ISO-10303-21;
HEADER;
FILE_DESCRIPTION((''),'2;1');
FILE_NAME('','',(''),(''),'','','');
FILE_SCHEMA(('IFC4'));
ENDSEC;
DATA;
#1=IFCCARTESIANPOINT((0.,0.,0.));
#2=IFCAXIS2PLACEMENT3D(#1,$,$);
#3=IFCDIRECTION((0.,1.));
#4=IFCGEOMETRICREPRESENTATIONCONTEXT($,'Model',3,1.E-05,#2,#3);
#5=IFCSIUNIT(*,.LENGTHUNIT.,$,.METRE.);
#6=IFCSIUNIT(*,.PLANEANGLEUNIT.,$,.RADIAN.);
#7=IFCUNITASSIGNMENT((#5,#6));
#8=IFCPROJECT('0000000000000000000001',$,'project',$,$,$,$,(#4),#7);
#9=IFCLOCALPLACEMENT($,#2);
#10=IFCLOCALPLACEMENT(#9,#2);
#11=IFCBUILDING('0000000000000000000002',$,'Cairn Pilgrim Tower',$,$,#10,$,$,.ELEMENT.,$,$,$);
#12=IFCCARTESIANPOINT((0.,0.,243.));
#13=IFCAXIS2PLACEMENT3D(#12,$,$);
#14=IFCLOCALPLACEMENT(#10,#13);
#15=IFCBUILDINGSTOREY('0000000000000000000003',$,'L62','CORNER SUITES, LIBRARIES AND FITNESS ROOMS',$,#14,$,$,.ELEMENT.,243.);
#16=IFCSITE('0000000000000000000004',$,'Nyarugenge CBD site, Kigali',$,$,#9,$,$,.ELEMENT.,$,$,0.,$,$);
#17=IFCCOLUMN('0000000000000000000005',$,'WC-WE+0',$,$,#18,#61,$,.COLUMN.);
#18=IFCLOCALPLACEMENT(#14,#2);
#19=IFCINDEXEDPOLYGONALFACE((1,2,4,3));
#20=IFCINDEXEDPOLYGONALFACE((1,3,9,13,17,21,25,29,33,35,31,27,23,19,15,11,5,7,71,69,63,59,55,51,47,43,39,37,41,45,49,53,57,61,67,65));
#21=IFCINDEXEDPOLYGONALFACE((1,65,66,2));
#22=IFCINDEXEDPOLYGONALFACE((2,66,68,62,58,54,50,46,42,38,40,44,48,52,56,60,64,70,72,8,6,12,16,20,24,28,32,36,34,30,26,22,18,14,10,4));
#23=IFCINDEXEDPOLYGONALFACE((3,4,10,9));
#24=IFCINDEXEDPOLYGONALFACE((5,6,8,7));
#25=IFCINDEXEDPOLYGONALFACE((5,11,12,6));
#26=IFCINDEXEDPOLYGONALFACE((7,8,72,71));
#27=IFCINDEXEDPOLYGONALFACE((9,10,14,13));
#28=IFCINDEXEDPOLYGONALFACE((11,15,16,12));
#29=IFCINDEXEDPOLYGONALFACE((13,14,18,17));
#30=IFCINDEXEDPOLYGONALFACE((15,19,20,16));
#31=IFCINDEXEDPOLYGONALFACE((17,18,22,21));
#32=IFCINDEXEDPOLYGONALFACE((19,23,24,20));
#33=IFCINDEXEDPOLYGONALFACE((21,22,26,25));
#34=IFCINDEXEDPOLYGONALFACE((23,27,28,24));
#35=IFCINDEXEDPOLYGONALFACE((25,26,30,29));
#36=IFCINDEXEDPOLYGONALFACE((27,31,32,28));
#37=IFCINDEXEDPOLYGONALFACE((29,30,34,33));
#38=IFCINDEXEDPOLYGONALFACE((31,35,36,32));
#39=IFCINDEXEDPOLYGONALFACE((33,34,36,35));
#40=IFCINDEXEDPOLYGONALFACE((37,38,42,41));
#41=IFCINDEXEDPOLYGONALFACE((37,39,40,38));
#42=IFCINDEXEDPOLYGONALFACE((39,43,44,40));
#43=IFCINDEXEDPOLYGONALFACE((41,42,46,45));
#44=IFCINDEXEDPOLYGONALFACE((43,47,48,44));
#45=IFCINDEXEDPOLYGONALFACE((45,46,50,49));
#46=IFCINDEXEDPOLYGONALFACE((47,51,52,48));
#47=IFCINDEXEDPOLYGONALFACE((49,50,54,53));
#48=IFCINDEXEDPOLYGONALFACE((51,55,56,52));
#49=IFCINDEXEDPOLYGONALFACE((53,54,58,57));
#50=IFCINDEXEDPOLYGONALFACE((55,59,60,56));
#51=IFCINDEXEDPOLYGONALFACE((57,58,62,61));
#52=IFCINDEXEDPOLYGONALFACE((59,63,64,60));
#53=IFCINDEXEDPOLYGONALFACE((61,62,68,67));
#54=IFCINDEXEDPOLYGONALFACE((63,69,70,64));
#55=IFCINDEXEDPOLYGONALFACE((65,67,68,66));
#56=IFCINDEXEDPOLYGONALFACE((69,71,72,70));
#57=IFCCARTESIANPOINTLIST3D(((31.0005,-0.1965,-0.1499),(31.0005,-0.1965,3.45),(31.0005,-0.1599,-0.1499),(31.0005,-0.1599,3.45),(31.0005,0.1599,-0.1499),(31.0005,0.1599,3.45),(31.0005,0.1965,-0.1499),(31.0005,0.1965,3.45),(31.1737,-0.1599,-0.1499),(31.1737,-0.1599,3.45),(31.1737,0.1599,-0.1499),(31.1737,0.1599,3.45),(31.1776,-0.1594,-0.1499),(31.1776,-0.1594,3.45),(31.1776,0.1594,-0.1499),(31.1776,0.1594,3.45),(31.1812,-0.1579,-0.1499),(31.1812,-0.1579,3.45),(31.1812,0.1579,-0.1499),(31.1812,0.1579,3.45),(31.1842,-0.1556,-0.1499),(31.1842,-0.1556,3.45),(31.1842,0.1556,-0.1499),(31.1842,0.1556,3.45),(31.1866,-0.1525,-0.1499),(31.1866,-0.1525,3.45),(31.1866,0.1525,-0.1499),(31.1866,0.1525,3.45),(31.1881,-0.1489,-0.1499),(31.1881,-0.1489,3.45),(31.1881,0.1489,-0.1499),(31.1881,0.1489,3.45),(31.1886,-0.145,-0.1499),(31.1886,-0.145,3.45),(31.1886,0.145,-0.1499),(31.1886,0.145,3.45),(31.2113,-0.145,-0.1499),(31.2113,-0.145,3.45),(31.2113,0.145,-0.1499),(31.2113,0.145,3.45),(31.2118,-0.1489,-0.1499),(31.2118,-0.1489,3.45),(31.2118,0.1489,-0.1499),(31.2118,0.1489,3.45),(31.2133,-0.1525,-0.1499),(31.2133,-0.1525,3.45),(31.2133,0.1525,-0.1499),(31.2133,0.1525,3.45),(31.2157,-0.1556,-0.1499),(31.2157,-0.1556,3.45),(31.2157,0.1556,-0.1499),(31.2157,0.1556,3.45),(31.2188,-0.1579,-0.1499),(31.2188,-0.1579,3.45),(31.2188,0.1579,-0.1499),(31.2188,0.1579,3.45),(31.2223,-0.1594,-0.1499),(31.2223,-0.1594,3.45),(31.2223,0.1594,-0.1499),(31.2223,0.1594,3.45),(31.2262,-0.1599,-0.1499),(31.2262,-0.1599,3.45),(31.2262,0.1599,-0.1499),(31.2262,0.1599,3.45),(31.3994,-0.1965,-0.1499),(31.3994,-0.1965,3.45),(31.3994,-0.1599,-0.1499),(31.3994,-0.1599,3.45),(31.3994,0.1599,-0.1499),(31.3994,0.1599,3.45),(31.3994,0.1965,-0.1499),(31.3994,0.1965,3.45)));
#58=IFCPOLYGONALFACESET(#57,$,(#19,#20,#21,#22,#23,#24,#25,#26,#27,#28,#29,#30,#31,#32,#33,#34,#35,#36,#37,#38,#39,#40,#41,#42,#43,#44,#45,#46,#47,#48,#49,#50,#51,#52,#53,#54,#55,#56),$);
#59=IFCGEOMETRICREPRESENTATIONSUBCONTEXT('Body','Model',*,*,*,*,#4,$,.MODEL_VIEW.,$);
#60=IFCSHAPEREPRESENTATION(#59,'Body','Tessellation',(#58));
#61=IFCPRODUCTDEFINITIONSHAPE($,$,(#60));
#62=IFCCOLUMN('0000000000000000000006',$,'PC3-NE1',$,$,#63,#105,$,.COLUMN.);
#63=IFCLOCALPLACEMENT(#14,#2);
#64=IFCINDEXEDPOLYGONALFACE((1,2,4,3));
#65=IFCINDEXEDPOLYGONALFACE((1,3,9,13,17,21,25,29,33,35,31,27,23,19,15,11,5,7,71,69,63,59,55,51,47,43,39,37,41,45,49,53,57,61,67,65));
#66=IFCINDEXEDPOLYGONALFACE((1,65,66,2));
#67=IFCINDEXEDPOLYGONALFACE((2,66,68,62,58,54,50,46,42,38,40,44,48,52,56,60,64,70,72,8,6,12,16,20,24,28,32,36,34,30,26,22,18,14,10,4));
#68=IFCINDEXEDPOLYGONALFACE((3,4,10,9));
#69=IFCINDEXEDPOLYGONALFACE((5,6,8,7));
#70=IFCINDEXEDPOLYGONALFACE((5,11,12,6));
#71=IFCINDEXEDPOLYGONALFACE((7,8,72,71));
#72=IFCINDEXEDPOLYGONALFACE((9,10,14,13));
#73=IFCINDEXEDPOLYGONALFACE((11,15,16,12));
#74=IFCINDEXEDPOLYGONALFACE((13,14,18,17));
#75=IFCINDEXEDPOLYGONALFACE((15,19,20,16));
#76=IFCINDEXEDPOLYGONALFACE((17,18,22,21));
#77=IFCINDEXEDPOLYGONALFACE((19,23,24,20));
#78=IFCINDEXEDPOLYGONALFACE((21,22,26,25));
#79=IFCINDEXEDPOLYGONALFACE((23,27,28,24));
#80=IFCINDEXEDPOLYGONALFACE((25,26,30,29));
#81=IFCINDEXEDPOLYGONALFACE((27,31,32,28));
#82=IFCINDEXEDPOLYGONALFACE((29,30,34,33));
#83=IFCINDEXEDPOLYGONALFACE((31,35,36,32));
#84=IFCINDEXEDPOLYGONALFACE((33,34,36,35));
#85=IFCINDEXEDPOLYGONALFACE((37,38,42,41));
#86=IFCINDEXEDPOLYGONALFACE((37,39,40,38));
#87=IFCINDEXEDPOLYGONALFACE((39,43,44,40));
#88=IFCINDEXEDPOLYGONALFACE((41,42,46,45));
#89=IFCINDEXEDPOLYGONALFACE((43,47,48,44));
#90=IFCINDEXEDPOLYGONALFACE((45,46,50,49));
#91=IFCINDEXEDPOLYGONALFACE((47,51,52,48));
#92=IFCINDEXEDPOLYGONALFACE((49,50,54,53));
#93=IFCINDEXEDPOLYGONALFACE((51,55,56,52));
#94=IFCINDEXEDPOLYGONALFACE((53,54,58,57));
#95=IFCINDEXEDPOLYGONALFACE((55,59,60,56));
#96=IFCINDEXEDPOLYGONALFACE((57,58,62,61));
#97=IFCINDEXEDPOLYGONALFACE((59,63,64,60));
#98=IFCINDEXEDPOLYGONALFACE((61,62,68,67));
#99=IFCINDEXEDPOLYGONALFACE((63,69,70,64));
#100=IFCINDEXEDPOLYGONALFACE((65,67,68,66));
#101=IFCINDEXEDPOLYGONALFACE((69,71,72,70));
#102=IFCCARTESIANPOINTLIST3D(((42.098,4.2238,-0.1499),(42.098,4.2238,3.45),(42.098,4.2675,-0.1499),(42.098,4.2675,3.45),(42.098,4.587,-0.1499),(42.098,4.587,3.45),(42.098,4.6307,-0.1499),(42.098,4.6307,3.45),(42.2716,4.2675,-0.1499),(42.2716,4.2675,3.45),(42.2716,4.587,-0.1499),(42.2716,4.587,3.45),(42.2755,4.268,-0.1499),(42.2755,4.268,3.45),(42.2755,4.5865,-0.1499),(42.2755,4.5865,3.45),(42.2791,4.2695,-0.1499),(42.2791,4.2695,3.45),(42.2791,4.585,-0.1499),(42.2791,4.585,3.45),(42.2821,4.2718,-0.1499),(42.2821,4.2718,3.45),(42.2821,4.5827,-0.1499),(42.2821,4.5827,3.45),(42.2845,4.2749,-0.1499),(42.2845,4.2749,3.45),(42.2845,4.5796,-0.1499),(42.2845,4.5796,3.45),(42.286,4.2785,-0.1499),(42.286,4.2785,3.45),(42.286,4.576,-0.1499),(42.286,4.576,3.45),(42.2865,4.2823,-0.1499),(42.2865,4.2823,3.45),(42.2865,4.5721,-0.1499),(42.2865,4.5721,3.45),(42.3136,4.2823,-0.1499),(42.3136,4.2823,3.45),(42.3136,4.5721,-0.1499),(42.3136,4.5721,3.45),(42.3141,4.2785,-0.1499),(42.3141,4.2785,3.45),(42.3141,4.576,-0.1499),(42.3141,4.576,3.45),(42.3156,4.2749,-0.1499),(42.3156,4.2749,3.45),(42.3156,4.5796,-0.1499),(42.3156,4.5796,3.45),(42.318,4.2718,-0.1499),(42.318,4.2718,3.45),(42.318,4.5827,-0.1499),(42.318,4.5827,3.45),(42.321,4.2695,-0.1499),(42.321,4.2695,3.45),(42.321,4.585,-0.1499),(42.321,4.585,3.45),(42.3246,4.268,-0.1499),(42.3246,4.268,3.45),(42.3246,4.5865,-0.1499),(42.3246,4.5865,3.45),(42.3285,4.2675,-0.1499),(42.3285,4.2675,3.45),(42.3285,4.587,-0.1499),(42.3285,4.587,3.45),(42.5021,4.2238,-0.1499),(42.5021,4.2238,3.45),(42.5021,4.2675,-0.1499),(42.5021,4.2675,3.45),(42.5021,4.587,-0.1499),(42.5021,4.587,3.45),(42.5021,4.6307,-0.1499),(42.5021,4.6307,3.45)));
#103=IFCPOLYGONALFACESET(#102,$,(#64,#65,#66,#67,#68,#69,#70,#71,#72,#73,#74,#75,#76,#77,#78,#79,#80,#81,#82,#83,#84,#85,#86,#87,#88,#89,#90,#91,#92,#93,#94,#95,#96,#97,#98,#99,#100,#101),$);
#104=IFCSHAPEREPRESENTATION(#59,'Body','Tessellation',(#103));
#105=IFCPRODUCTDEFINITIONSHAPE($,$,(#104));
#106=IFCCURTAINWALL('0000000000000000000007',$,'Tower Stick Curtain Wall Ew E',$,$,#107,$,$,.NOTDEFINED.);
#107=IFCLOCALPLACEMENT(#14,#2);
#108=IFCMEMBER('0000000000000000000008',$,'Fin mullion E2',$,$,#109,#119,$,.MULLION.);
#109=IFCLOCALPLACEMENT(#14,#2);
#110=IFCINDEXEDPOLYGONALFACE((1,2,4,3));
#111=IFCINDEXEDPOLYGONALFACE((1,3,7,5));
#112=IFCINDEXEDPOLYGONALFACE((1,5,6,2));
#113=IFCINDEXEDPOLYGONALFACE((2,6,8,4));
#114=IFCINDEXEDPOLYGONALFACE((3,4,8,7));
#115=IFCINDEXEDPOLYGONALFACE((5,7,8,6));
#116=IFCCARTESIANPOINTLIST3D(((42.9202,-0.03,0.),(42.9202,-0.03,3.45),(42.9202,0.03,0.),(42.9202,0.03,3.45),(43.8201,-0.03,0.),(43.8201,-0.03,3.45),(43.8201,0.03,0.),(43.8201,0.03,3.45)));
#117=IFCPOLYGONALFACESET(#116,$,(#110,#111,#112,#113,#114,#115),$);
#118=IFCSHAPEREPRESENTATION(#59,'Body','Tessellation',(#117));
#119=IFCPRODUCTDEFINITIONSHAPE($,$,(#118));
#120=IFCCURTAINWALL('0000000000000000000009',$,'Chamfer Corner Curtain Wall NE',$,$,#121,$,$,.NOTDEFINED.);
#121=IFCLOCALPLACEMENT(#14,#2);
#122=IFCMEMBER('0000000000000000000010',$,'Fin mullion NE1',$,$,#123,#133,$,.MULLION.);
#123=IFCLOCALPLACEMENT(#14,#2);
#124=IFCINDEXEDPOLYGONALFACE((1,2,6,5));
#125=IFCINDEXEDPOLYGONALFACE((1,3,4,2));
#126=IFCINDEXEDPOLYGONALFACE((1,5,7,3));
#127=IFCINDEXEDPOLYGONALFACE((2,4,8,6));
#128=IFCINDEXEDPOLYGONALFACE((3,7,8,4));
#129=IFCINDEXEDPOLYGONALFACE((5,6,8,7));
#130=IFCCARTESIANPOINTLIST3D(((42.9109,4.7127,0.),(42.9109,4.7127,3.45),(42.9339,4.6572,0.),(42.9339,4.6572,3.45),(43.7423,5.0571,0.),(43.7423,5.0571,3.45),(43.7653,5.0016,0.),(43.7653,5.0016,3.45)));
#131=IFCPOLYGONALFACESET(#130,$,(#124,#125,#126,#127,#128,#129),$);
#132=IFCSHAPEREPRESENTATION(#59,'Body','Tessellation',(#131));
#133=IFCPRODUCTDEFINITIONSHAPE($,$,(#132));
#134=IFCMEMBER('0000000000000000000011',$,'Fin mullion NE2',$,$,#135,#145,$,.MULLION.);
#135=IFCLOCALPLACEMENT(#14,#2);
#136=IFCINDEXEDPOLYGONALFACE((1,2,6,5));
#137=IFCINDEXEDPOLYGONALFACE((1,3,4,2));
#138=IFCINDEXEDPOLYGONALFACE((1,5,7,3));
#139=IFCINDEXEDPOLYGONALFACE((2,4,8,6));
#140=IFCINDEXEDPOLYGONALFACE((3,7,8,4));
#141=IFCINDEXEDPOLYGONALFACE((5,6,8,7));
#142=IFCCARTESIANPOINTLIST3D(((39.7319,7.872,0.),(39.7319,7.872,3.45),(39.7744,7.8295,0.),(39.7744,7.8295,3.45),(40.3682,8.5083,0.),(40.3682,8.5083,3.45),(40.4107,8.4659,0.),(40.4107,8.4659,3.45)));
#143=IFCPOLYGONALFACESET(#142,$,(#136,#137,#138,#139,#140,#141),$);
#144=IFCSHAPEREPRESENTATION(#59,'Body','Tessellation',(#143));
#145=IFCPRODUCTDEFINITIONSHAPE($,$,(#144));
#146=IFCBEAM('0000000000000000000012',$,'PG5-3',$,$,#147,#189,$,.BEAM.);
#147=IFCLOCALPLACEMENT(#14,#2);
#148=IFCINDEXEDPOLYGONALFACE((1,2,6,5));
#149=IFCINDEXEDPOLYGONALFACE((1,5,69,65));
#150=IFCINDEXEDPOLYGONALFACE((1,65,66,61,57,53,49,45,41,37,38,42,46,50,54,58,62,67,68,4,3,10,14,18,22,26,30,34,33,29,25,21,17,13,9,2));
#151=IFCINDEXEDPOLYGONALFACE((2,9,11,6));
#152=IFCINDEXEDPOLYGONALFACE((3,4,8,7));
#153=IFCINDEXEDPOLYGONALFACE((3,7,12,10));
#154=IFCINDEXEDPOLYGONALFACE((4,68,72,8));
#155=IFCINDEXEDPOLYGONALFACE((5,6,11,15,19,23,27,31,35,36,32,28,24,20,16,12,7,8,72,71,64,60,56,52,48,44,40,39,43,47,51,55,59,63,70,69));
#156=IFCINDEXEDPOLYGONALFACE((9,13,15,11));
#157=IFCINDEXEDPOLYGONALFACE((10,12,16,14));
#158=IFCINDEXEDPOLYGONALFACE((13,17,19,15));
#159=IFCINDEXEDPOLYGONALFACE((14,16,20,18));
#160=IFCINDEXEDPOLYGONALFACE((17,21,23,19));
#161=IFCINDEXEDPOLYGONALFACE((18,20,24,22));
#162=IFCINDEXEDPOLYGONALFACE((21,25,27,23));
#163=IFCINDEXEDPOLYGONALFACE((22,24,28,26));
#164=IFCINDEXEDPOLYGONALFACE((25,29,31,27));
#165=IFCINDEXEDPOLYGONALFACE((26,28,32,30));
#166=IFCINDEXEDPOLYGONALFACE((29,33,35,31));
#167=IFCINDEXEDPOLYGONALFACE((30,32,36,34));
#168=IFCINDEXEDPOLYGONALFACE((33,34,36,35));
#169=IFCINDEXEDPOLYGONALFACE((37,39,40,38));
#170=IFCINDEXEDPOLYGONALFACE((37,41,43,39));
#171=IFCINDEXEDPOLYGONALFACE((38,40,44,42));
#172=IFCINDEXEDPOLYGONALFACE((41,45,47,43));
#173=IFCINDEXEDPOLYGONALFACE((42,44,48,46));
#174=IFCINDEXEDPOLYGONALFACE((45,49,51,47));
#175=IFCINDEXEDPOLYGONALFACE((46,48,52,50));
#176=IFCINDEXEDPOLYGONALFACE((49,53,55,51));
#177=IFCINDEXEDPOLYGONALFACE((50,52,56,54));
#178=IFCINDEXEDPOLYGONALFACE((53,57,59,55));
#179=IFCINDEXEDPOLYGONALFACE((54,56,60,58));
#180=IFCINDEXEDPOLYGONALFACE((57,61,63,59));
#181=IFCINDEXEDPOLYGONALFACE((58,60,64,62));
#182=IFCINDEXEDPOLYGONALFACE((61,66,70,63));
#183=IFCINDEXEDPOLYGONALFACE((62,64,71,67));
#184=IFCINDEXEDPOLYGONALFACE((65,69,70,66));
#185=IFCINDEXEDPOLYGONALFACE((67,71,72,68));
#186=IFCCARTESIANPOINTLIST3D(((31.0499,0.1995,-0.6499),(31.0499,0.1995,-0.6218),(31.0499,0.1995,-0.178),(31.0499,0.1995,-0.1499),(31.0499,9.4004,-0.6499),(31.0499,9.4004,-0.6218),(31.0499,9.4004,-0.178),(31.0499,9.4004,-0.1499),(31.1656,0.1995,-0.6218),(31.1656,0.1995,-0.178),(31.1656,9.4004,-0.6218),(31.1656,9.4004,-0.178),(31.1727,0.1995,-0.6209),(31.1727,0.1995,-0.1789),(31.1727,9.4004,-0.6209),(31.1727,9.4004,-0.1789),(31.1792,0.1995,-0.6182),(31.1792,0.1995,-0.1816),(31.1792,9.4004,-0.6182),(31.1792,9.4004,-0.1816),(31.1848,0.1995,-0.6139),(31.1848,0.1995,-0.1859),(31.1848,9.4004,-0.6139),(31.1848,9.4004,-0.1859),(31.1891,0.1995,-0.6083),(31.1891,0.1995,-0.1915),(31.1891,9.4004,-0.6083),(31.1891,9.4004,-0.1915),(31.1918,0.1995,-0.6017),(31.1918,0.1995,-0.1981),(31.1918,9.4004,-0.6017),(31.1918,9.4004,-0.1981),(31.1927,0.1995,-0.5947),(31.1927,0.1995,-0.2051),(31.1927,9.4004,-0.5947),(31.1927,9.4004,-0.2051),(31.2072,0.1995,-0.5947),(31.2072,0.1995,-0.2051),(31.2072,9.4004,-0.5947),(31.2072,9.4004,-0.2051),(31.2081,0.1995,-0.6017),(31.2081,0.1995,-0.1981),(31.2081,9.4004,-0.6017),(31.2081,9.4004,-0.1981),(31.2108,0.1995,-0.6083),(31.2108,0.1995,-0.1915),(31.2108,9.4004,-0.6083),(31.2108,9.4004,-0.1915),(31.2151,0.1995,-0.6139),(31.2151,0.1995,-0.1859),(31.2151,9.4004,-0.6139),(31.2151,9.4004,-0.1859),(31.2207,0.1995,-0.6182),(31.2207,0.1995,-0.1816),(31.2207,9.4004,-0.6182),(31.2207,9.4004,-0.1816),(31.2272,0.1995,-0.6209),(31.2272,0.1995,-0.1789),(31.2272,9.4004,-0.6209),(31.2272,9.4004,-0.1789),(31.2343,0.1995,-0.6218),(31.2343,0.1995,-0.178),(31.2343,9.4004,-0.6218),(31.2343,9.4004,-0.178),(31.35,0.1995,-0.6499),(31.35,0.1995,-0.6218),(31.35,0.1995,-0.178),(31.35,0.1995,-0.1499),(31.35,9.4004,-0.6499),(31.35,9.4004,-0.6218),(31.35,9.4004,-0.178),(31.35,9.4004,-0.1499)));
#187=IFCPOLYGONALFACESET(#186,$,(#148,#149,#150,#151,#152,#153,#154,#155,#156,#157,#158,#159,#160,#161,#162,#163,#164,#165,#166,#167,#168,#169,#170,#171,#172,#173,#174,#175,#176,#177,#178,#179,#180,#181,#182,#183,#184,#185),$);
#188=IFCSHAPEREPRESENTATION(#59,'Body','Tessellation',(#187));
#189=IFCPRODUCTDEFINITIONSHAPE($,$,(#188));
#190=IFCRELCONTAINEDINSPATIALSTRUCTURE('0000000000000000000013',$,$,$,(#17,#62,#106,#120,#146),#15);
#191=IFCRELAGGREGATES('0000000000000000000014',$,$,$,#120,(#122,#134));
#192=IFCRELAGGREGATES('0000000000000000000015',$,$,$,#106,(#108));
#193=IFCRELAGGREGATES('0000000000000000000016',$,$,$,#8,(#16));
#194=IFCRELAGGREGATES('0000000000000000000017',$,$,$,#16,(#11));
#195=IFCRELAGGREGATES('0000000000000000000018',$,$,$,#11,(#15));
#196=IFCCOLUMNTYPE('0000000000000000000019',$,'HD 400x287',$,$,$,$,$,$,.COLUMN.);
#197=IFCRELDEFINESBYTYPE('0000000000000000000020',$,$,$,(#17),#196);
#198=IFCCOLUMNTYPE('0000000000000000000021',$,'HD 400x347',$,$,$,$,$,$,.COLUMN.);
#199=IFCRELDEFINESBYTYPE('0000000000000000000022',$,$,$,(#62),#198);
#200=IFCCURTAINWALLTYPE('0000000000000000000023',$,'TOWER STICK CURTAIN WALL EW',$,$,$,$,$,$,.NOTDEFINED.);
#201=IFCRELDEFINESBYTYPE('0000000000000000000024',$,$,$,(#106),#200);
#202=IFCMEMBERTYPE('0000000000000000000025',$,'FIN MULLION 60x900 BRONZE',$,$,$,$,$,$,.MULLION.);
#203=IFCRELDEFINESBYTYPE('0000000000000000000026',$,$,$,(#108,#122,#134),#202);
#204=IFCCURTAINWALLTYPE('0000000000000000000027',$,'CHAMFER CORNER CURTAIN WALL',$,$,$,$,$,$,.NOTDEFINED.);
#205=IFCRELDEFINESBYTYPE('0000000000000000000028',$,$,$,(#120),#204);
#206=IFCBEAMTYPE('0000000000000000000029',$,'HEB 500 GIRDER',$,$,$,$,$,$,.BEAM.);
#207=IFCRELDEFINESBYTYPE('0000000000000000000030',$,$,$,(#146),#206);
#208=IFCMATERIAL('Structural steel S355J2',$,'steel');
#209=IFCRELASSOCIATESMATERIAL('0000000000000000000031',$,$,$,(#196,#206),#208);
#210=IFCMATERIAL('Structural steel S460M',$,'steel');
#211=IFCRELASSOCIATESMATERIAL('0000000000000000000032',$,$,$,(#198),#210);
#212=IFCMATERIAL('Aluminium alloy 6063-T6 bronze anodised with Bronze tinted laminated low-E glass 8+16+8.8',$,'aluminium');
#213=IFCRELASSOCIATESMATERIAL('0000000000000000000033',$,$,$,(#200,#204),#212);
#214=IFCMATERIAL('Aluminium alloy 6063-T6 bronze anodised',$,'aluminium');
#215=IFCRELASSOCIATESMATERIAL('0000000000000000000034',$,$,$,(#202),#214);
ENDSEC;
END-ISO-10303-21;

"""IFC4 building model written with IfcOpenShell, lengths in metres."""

from ifc_helpers import new_model, si_unit, direction, frame, origin, origin_2d, place, context, subcontext, project, spatial, rectangle, i_section, extrude, material, material_profile, profile_set, type_object, element, aggregate, save


model = new_model("IFC4")

# Units and contexts
model_context = context("Model", 3, precision=1e-05, world=origin(), true_north=direction((0.0, 1.0)))
body_context = subcontext(model_context, "Body", "Model", "MODEL_VIEW")
ifc_project = project(units=[si_unit("LENGTHUNIT", "METRE"), si_unit("PLANEANGLEUNIT", "RADIAN")], contexts=[model_context])

# Site, building, storey
site_placement = place(None, origin())
site = spatial("IfcSite", under=ifc_project, at=site_placement, Name="Nyarugenge CBD site, Kigali", CompositionType="ELEMENT", RefElevation=0.0)
building_placement = place(site_placement, origin())
building = spatial("IfcBuilding", under=site, at=building_placement, Name="Cairn Pilgrim Tower", CompositionType="ELEMENT")
storey_placement = place(building_placement, frame((0.0, 0.0, 243.0)))
storey = spatial("IfcBuildingStorey", under=building, at=storey_placement, Name="L62", Description="CORNER SUITES, LIBRARIES AND FITNESS ROOMS", CompositionType="ELEMENT", Elevation=243.0)

# Columns
ifc_material_1 = material(Name="Structural steel S355J2", Category="steel")
ifc_material_profile_1 = material_profile(ifc_material_1, i_section(OverallWidth=0.3989, OverallDepth=0.3931, WebThickness=0.0227, FlangeThickness=0.0366, FilletRadius=0.0149, at=origin_2d()), Name="HD 400x287")
ifc_profile_set_1 = profile_set([ifc_material_profile_1], Name="Structural steel S355J2")
column_type_1 = type_object("IfcColumnType", Name="HD 400x287", PredefinedType="COLUMN", material=ifc_profile_set_1)
column_1_placement = place(storey_placement, frame((31.2, 0.0, -0.1499), z_axis=(0.0, 0.0, 1.0), x_axis=(1.0, 0.0, 0.0)))
element("IfcColumn", 1, at=column_1_placement, inside=storey, type_object=column_type_1, Name="WC-WE+0", PredefinedType="COLUMN", context=body_context, shape_type="SweptSolid", body=[
    extrude(i_section(OverallWidth=0.3989, OverallDepth=0.3931, WebThickness=0.0227, FlangeThickness=0.0366, FilletRadius=0.0149, at=origin_2d()), origin(), (0.0, 0.0, 1.0), 3.5999),
])
ifc_material_2 = material(Name="Structural steel S460M", Category="steel")
ifc_material_profile_2 = material_profile(ifc_material_2, i_section(OverallWidth=0.4041, OverallDepth=0.407, WebThickness=0.0271, FlangeThickness=0.0437, FilletRadius=0.0149, at=origin_2d()), Name="HD 400x347")
ifc_profile_set_2 = profile_set([ifc_material_profile_2], Name="Structural steel S460M")
column_type_2 = type_object("IfcColumnType", Name="HD 400x347", PredefinedType="COLUMN", material=ifc_profile_set_2)
column_2_placement = place(storey_placement, frame((42.3, 4.4272, -0.1499), z_axis=(0.0, 0.0, 1.0), x_axis=(1.0, 0.0, 0.0)))
element("IfcColumn", 2, at=column_2_placement, inside=storey, type_object=column_type_2, Name="PC3-NE1", PredefinedType="COLUMN", context=body_context, shape_type="SweptSolid", body=[
    extrude(i_section(OverallWidth=0.4041, OverallDepth=0.407, WebThickness=0.0271, FlangeThickness=0.0437, FilletRadius=0.0149, at=origin_2d()), origin(), (0.0, 0.0, 1.0), 3.5999),
])

# Curtain wall, member
ifc_material_3 = material(Name="Aluminium alloy 6063-T6 bronze anodised with Bronze tinted laminated low-E glass 8+16+8.8", Category="aluminium")
curtain_wall_type_1 = type_object("IfcCurtainWallType", Name="TOWER STICK CURTAIN WALL EW", PredefinedType="NOTDEFINED", material=ifc_material_3)
curtain_wall_1_placement = place(storey_placement, origin())
curtain_wall_1 = element("IfcCurtainWall", 3, at=curtain_wall_1_placement, inside=storey, type_object=curtain_wall_type_1, Name="Tower Stick Curtain Wall Ew E", PredefinedType="NOTDEFINED")
ifc_material_4 = material(Name="Aluminium alloy 6063-T6 bronze anodised", Category="aluminium")
ifc_material_profile_3 = material_profile(ifc_material_4, rectangle(XDim=0.8999, YDim=0.0601, at=origin_2d()), Name="FIN MULLION 60x900 BRONZE")
ifc_profile_set_3 = profile_set([ifc_material_profile_3], Name="Aluminium alloy 6063-T6 bronze anodised")
member_type_1 = type_object("IfcMemberType", Name="FIN MULLION 60x900 BRONZE", PredefinedType="MULLION", material=ifc_profile_set_3)
member_1_placement = place(storey_placement, frame((43.3701, 0.0, 0.0), z_axis=(0.0, 0.0, 1.0), x_axis=(1.0, 0.0, 0.0)))
member_1 = element("IfcMember", 4, at=member_1_placement, type_object=member_type_1, Name="Fin mullion E2", PredefinedType="MULLION", context=body_context, shape_type="SweptSolid", body=[
    extrude(rectangle(XDim=0.8999, YDim=0.0601, at=origin_2d()), origin(), (0.0, 0.0, 1.0), 3.45),
])

# Curtain wall, members
curtain_wall_type_2 = type_object("IfcCurtainWallType", Name="CHAMFER CORNER CURTAIN WALL", PredefinedType="NOTDEFINED", material=ifc_material_3)
curtain_wall_2_placement = place(storey_placement, origin())
curtain_wall_2 = element("IfcCurtainWall", 5, at=curtain_wall_2_placement, inside=storey, type_object=curtain_wall_type_2, Name="Chamfer Corner Curtain Wall NE", PredefinedType="NOTDEFINED")
member_2_placement = place(storey_placement, frame((43.3381, 4.8572, 0.0), z_axis=(0.0, 0.0, 1.0), x_axis=(0.92388, 0.382683, 0.0)))
member_2 = element("IfcMember", 6, at=member_2_placement, type_object=member_type_1, Name="Fin mullion NE1", PredefinedType="MULLION", context=body_context, shape_type="SweptSolid", body=[
    extrude(rectangle(XDim=0.8999, YDim=0.0601, at=origin_2d()), origin(), (0.0, 0.0, 1.0), 3.45),
])
member_3_placement = place(storey_placement, frame((40.0713, 8.1689, 0.0), z_axis=(0.0, 0.0, 1.0), x_axis=(0.707107, 0.707107, 0.0)))
member_3 = element("IfcMember", 7, at=member_3_placement, type_object=member_type_1, Name="Fin mullion NE2", PredefinedType="MULLION", context=body_context, shape_type="SweptSolid", body=[
    extrude(rectangle(XDim=0.8999, YDim=0.0601, at=origin_2d()), origin(), (0.0, 0.0, 1.0), 3.45),
])

# Beam
ifc_material_profile_4 = material_profile(ifc_material_1, i_section(OverallWidth=0.3, OverallDepth=0.5, WebThickness=0.0144, FlangeThickness=0.0281, FilletRadius=0.0271, at=origin_2d()), Name="HEB 500")
ifc_profile_set_4 = profile_set([ifc_material_profile_4], Name="Structural steel S355J2")
beam_type_1 = type_object("IfcBeamType", Name="HEB 500 GIRDER", PredefinedType="BEAM", material=ifc_profile_set_4)
beam_1_placement = place(storey_placement, frame((31.2, 0.1995, -0.3999), z_axis=(0.0, 1.0, 0.0), x_axis=(-1.0, 0.0, 0.0)))
element("IfcBeam", 8, at=beam_1_placement, inside=storey, type_object=beam_type_1, Name="PG5-3", PredefinedType="BEAM", context=body_context, shape_type="SweptSolid", body=[
    extrude(i_section(OverallWidth=0.3, OverallDepth=0.5, WebThickness=0.0144, FlangeThickness=0.0281, FilletRadius=0.0271, at=origin_2d()), origin(), (0.0, 0.0, 1.0), 9.2009),
])

aggregate(curtain_wall_2, [member_2, member_3])
aggregate(curtain_wall_1, [member_1])

save(model, "model.ifc")
